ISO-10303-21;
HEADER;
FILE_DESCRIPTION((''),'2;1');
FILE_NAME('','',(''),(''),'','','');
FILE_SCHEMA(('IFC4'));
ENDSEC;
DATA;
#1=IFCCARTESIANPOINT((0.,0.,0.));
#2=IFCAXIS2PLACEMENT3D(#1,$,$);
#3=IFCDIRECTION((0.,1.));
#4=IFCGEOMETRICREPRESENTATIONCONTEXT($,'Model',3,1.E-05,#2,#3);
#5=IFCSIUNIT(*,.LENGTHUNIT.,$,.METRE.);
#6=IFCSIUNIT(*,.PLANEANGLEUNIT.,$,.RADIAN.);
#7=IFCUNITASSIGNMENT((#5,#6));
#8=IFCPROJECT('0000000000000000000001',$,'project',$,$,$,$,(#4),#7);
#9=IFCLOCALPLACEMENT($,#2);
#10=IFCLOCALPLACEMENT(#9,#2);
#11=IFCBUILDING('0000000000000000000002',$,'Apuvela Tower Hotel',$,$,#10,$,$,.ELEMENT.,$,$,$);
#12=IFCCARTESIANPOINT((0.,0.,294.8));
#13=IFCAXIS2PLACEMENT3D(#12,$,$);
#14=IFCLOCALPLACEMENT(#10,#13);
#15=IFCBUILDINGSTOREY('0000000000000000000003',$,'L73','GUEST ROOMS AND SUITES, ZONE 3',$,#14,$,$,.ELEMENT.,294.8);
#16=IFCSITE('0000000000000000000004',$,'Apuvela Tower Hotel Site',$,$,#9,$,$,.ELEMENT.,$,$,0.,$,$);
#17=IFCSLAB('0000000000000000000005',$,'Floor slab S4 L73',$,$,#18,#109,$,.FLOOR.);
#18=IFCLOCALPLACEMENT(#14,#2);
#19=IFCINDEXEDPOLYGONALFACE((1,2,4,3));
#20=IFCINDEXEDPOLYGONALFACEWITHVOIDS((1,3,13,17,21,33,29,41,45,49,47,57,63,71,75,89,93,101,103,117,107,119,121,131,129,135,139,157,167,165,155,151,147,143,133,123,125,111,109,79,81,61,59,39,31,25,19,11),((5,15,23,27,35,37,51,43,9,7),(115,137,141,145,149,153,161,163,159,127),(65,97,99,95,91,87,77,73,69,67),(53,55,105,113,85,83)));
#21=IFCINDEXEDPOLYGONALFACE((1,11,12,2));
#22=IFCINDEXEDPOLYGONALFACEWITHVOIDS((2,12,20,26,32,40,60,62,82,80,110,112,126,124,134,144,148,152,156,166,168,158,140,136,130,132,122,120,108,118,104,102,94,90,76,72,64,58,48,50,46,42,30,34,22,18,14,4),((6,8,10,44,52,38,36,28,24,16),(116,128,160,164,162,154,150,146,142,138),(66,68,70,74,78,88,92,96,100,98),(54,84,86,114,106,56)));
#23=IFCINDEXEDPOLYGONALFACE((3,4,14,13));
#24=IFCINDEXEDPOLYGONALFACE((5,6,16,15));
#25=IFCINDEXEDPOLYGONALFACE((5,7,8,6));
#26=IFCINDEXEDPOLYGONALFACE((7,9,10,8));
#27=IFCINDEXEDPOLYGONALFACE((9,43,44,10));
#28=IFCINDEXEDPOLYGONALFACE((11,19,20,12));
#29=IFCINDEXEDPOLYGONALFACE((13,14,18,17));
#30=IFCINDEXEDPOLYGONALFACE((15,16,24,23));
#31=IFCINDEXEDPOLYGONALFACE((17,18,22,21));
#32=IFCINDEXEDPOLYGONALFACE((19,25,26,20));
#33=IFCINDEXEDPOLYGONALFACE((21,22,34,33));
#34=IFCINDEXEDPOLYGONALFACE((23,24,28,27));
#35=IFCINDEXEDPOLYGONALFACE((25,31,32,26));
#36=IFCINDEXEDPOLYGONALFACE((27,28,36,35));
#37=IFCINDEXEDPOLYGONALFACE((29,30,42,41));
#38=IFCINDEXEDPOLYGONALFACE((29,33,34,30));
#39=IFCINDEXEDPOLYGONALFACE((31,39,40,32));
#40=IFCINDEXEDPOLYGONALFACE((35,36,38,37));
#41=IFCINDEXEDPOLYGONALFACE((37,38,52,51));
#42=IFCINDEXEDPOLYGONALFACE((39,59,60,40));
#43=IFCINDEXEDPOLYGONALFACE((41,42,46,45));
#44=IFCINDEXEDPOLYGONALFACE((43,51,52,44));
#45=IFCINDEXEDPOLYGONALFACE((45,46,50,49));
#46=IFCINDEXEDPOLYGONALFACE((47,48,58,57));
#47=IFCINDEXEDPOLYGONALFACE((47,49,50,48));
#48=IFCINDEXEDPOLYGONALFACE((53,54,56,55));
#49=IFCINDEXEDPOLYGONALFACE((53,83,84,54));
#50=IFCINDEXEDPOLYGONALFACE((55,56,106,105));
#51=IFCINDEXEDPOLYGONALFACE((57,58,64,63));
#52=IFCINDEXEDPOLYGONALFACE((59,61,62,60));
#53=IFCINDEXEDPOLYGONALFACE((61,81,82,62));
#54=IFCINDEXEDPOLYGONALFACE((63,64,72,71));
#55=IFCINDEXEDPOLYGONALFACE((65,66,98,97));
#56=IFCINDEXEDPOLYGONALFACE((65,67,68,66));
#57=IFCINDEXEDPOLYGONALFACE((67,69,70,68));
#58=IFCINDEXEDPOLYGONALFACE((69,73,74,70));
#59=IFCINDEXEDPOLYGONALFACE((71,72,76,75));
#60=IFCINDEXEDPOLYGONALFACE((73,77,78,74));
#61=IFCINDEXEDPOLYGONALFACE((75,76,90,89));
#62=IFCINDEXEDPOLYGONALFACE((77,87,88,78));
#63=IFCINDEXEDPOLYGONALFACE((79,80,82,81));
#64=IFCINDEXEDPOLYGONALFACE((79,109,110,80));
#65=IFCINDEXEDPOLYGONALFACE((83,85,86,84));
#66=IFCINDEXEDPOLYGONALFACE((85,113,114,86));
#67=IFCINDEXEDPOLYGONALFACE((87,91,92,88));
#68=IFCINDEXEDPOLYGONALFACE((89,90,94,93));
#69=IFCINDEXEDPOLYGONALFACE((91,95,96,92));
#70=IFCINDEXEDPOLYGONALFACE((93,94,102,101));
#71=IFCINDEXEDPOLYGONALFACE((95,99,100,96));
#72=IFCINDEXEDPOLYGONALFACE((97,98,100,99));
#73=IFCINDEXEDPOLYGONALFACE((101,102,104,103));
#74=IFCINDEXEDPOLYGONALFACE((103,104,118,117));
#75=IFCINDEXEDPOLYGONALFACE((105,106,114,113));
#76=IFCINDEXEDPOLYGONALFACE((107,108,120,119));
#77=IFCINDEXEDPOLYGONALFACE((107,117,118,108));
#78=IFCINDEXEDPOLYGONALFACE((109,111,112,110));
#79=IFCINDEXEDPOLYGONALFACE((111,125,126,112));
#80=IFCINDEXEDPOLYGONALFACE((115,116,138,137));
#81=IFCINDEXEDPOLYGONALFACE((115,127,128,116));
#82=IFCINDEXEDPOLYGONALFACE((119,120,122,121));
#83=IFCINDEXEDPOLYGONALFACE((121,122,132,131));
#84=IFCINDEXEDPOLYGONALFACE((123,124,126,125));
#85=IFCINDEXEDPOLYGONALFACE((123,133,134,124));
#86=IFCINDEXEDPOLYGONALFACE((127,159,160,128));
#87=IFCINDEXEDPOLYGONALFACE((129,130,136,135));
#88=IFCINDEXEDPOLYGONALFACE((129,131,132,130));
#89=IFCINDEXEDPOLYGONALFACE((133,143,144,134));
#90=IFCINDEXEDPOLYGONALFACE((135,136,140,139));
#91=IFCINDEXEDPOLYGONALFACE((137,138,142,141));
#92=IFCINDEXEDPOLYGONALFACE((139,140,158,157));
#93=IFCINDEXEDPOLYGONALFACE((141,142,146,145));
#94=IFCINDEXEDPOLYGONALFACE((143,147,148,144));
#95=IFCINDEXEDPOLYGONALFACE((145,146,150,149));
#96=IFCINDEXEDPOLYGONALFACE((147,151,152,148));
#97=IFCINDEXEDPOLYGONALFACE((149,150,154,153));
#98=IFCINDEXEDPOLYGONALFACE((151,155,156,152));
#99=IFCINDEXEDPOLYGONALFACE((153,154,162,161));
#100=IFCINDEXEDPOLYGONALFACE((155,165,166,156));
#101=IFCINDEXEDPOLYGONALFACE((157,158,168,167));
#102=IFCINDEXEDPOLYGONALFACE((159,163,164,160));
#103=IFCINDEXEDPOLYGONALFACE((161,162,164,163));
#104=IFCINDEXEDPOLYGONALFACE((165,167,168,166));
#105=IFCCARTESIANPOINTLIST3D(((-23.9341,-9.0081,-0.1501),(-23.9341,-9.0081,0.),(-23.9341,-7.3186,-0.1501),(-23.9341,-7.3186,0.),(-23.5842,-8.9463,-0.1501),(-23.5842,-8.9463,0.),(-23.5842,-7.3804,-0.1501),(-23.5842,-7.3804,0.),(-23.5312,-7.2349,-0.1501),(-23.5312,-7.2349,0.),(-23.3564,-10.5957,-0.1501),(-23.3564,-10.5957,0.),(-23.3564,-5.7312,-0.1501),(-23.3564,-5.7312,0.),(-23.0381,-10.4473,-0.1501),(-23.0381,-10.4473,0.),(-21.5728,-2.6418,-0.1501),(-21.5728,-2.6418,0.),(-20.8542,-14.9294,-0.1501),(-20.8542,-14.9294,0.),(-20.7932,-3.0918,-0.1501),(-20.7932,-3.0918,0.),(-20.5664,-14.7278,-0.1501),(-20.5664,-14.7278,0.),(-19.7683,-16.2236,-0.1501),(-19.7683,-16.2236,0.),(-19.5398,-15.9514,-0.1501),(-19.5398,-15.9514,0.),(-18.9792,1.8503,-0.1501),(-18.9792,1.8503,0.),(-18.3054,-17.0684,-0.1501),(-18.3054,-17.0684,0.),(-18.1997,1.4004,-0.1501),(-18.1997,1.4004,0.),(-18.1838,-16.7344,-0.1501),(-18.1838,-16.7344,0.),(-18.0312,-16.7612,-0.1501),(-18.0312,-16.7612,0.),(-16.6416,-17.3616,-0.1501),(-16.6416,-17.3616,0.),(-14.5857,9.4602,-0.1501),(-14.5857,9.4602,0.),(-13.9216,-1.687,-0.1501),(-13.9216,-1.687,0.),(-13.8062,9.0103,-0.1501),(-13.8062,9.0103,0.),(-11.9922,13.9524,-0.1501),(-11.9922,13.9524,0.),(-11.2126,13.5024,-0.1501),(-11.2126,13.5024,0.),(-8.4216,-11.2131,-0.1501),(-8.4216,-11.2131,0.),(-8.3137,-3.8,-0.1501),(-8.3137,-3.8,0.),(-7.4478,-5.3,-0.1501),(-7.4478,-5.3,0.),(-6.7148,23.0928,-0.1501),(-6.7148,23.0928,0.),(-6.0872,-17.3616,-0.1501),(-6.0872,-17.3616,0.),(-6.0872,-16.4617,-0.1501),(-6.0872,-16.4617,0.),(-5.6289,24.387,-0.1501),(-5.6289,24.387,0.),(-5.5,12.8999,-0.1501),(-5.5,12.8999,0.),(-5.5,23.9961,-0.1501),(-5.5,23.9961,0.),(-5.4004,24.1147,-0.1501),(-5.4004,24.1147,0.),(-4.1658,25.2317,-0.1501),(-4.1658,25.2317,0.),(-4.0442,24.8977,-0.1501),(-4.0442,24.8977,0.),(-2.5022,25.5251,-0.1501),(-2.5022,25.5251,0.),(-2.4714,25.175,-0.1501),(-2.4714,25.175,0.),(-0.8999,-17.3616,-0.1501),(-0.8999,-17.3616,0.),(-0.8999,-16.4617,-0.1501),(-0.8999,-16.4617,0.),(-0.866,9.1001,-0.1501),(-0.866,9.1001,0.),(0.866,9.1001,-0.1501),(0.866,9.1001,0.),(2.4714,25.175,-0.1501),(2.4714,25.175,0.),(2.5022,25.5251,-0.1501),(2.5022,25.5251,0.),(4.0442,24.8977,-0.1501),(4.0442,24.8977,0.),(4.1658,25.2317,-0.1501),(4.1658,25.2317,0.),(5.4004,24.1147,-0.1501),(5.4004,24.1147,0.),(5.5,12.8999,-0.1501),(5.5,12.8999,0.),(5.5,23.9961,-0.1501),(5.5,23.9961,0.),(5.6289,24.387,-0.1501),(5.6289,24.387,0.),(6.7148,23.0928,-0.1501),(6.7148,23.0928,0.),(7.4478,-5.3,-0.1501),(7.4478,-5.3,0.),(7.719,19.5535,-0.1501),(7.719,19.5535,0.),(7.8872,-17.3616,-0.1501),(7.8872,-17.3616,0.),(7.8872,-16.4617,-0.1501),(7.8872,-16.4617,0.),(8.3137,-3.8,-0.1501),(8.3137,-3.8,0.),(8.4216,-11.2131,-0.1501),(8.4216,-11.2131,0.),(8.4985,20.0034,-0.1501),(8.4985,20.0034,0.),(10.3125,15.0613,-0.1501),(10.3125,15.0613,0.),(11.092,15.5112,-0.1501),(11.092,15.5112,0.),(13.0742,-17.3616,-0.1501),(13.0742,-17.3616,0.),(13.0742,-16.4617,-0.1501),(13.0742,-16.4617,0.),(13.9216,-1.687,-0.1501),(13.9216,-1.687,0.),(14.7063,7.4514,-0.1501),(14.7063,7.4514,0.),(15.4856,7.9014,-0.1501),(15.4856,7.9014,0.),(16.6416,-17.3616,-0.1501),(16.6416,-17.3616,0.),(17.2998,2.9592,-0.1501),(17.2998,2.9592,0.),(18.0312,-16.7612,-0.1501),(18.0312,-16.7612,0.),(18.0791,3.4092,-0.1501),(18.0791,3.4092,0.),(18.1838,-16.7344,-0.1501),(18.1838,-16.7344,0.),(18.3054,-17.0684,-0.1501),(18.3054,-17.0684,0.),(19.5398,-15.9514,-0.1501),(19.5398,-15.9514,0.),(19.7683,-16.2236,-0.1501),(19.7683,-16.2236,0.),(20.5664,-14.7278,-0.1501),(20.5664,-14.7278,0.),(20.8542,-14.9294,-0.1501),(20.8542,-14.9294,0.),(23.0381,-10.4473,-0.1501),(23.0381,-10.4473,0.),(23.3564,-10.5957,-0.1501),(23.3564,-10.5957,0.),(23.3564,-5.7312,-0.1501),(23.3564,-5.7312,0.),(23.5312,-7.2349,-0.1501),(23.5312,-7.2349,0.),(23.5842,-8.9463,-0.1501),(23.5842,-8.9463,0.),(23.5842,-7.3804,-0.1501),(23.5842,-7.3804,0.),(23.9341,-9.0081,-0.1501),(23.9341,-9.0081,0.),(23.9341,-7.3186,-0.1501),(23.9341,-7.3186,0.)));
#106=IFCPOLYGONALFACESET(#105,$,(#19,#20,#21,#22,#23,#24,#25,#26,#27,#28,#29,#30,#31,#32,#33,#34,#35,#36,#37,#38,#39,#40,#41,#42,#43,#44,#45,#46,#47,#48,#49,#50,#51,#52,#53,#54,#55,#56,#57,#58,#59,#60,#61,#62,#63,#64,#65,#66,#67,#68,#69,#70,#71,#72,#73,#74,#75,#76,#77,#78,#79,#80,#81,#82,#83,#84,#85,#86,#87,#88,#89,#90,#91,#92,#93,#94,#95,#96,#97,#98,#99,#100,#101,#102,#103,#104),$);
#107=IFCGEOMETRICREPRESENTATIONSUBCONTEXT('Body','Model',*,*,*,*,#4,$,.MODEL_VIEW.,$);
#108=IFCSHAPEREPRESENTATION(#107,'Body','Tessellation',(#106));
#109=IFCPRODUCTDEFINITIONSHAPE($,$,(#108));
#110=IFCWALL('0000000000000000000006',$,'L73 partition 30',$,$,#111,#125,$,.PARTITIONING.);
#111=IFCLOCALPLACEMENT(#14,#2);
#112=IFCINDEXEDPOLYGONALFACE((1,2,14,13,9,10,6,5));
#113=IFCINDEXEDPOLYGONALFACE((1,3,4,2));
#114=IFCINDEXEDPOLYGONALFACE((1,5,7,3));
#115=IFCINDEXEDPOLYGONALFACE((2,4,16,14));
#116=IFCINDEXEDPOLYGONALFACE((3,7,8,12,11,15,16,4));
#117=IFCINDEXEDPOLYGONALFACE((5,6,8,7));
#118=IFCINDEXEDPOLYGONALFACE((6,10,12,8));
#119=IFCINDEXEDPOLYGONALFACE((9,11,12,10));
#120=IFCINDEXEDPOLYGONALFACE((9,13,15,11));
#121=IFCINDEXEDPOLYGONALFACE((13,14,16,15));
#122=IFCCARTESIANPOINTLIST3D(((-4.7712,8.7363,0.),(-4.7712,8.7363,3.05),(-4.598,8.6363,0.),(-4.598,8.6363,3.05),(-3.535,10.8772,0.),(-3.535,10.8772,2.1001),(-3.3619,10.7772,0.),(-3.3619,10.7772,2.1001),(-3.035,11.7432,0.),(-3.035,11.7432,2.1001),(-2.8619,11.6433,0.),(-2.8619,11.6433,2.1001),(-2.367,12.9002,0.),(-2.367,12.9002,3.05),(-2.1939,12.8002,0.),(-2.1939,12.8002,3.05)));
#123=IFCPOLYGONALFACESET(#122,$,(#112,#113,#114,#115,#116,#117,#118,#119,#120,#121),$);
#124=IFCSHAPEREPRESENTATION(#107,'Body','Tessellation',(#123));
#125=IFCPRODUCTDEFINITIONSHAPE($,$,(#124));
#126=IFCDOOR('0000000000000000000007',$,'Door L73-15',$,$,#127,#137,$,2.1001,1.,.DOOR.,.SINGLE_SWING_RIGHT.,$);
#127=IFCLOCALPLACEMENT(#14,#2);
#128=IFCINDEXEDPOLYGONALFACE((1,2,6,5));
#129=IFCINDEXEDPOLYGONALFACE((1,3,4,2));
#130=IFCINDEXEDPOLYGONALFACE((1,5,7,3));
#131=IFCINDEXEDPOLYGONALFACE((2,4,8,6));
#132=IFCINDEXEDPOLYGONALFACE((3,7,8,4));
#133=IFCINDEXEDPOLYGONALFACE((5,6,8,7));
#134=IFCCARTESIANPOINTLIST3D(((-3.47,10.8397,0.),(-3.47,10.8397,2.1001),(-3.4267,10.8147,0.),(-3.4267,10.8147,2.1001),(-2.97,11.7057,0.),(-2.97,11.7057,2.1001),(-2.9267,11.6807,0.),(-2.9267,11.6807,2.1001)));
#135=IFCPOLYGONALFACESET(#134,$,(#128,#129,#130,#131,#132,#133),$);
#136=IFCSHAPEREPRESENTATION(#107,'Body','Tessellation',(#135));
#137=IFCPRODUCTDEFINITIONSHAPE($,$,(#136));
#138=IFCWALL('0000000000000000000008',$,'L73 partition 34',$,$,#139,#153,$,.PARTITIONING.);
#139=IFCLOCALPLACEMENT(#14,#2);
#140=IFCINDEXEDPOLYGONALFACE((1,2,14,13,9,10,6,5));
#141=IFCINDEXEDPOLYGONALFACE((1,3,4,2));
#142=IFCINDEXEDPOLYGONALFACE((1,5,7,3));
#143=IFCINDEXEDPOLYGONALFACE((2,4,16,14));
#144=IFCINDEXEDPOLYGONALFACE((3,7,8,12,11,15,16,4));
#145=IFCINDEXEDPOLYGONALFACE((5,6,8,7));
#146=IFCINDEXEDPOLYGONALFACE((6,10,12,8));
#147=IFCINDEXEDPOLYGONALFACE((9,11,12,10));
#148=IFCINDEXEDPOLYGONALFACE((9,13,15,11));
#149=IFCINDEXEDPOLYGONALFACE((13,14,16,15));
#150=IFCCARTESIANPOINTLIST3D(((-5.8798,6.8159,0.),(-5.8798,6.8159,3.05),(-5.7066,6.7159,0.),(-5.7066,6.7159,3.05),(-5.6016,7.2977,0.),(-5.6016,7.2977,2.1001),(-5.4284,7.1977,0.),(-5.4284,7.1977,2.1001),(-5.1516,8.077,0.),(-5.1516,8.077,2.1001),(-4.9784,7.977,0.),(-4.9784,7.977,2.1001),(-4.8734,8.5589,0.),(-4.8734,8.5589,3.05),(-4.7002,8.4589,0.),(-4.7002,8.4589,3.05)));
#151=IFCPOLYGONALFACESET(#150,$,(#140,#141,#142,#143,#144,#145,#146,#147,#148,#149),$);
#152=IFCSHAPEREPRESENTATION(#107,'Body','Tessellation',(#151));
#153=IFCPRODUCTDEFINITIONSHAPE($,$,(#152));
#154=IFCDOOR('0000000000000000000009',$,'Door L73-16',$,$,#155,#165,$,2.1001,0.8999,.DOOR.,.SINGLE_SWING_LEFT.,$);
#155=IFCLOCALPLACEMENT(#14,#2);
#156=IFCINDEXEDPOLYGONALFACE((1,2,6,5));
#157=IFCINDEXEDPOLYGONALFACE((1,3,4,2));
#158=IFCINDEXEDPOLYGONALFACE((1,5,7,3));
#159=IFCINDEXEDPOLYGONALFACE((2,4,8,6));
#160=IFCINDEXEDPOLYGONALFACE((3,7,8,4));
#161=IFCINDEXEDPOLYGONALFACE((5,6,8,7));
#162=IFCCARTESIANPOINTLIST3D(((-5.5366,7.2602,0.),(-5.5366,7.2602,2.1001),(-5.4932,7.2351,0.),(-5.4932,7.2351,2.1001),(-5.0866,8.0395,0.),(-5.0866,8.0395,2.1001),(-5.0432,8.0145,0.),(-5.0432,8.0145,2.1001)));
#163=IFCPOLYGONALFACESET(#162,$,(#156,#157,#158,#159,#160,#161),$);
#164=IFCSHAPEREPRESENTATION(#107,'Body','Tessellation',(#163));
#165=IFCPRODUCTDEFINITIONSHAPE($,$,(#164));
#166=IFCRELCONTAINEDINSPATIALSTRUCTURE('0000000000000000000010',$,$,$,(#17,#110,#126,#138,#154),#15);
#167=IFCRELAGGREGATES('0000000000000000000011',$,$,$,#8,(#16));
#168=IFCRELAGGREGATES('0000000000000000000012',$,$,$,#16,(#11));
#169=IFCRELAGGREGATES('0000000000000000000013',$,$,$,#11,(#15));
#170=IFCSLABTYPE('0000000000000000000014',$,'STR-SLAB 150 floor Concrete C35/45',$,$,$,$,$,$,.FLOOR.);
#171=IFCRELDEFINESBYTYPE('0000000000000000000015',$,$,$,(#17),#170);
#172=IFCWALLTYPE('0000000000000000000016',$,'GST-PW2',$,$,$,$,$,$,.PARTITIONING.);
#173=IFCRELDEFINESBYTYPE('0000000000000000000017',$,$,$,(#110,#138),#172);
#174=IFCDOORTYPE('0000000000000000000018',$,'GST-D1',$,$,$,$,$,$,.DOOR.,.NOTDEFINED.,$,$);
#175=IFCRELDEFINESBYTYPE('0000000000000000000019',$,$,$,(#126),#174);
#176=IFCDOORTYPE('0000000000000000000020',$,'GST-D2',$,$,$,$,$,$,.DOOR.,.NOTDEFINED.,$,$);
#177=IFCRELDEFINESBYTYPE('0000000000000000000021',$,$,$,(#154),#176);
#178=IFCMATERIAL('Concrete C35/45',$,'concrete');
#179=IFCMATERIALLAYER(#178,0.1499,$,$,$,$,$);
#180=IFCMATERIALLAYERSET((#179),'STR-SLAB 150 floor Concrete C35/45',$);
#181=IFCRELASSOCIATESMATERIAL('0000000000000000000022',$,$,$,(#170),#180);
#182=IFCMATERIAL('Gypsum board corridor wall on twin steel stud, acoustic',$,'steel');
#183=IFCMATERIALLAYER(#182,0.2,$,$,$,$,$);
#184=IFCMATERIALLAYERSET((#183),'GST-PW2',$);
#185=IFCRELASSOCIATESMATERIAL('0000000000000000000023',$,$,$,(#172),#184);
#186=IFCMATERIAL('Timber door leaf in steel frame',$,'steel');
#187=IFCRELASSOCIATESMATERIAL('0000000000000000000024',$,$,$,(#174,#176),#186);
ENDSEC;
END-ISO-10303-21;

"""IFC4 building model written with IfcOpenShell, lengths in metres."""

from ifc_helpers import new_model, si_unit, direction, frame, frame_2d, origin, place, context, subcontext, project, spatial, polyline, rectangle, outline, extrude, material, layer, layer_set, type_object, element, fill, save


model = new_model("IFC4")

# Units and contexts
model_context = context("Model", 3, precision=1e-05, world=origin(), true_north=direction((0.0, 1.0)))
body_context = subcontext(model_context, "Body", "Model", "MODEL_VIEW")
ifc_project = project(units=[si_unit("LENGTHUNIT", "METRE"), si_unit("PLANEANGLEUNIT", "RADIAN")], contexts=[model_context])

# Site, building, storey
site_placement = place(None, origin())
site = spatial("IfcSite", under=ifc_project, at=site_placement, Name="Apuvela Tower Hotel Site", CompositionType="ELEMENT", RefElevation=0.0)
building_placement = place(site_placement, origin())
building = spatial("IfcBuilding", under=site, at=building_placement, Name="Apuvela Tower Hotel", CompositionType="ELEMENT")
storey_placement = place(building_placement, frame((0.0, 0.0, 294.8)))
storey = spatial("IfcBuildingStorey", under=building, at=storey_placement, Name="L73", Description="GUEST ROOMS AND SUITES, ZONE 3", CompositionType="ELEMENT", Elevation=294.8)

# Slab
ifc_material_1 = material(Name="Concrete C35/45", Category="concrete")
ifc_layer_1 = layer(ifc_material_1, 0.1499)
ifc_layer_set_1 = layer_set([ifc_layer_1], Name="STR-SLAB 150 floor Concrete C35/45")
slab_type_1 = type_object("IfcSlabType", Name="STR-SLAB 150 floor Concrete C35/45", PredefinedType="FLOOR", material=ifc_layer_set_1)
slab_1_placement = place(storey_placement, frame((0.0, 0.0, -0.1501)))
element("IfcSlab", 1, at=slab_1_placement, inside=storey, type_object=slab_type_1, Name="Floor slab S4 L73", PredefinedType="FLOOR", context=body_context, shape_type="SweptSolid", body=[
    extrude(outline(polyline([(-5.6289, 24.387), (-4.1658, 25.2317), (-2.5022, 25.5251), (2.5022, 25.5251), (4.1658, 25.2317), (5.6289, 24.387), (6.7148, 23.0928), (8.4985, 20.0034), (7.719, 19.5535), (10.3125, 15.0613), (11.092, 15.5112), (15.4856, 7.9014), (14.7063, 7.4514), (17.2998, 2.9592), (18.0791, 3.4092), (23.3564, -5.7312), (23.9341, -7.3186), (23.9341, -9.0081), (23.3564, -10.5957), (20.8542, -14.9294), (19.7683, -16.2236), (18.3054, -17.0684), (16.6416, -17.3616), (13.0742, -17.3616), (13.0742, -16.4617), (7.8872, -16.4617), (7.8872, -17.3616), (-0.8999, -17.3616), (-0.8999, -16.4617), (-6.0872, -16.4617), (-6.0872, -17.3616), (-16.6416, -17.3616), (-18.3054, -17.0684), (-19.7683, -16.2236), (-20.8542, -14.9294), (-23.3564, -10.5957), (-23.9341, -9.0081), (-23.9341, -7.3186), (-23.3564, -5.7312), (-21.5728, -2.6418), (-20.7932, -3.0918), (-18.1997, 1.4004), (-18.9792, 1.8503), (-14.5857, 9.4602), (-13.8062, 9.0103), (-11.2126, 13.5024), (-11.9922, 13.9524), (-6.7148, 23.0928), (-5.6289, 24.387)]), holes=[polyline([(0.866, 9.1001), (-0.866, 9.1001), (-8.3137, -3.8), (-7.4478, -5.3), (7.4478, -5.3), (8.3137, -3.8), (0.866, 9.1001)]), polyline([(-5.5, 12.8999), (-5.5, 23.9961), (-5.4004, 24.1147), (-4.0442, 24.8977), (-2.4714, 25.175), (2.4714, 25.175), (4.0442, 24.8977), (5.4004, 24.1147), (5.5, 23.9961), (5.5, 12.8999), (-5.5, 12.8999)]), polyline([(-8.4216, -11.2131), (-18.0312, -16.7612), (-18.1838, -16.7344), (-19.5398, -15.9514), (-20.5664, -14.7278), (-23.0381, -10.4473), (-23.5842, -8.9463), (-23.5842, -7.3804), (-23.5312, -7.2349), (-13.9216, -1.687), (-8.4216, -11.2131)]), polyline([(13.9216, -1.687), (23.5312, -7.2349), (23.5842, -7.3804), (23.5842, -8.9463), (23.0381, -10.4473), (20.5664, -14.7278), (19.5398, -15.9514), (18.1838, -16.7344), (18.0312, -16.7612), (8.4216, -11.2131), (13.9216, -1.687)])]), origin(), (0.0, 0.0, 1.0), 0.1501),
])

# Walls, openings, doors
ifc_material_2 = material(Name="Gypsum board corridor wall on twin steel stud, acoustic", Category="steel")
ifc_layer_2 = layer(ifc_material_2, 0.2)
ifc_layer_set_2 = layer_set([ifc_layer_2], Name="GST-PW2")
wall_type_1 = type_object("IfcWallType", Name="GST-PW2", PredefinedType="PARTITIONING", material=ifc_layer_set_2)
wall_1_placement = place(storey_placement, frame((-4.6846, 8.6863, 0.0), z_axis=(0.0, 0.0, 1.0), x_axis=(0.500011, 0.866019, 0.0)))
wall_1 = element("IfcWall", 2, at=wall_1_placement, inside=storey, type_object=wall_type_1, Name="L73 partition 30", PredefinedType="PARTITIONING", context=body_context, shape_type="SweptSolid", body=[
    extrude(rectangle(XDim=4.8081, YDim=0.2, at=frame_2d((2.4041, 0.0))), origin(), (0.0, 0.0, 1.0), 3.05),
])
opening_1_placement = place(wall_1_placement, frame((2.4722, 0.0, 0.0)))
opening_1 = element("IfcOpeningElement", 3, at=opening_1_placement, cuts=wall_1, PredefinedType="OPENING", context=body_context, shape_type="SweptSolid", body=[
    extrude(rectangle(XDim=1.0, YDim=2.1001, at=frame_2d((0.5, 1.05))), frame((0.0, 0.1099, 0.0), z_axis=(0.0, -1.0, 0.0), x_axis=(1.0, 0.0, 0.0)), (0.0, 0.0, 1.0), 0.22),
])
ifc_material_3 = material(Name="Timber door leaf in steel frame", Category="steel")
door_type_1 = type_object("IfcDoorType", Name="GST-D1", OperationType="NOTDEFINED", PredefinedType="DOOR", material=ifc_material_3)
door_1_placement = place(opening_1_placement, origin())
door_1 = element("IfcDoor", 4, at=door_1_placement, inside=storey, type_object=door_type_1, Name="Door L73-15", OperationType="SINGLE_SWING_RIGHT", OverallHeight=2.1001, OverallWidth=1.0, PredefinedType="DOOR", context=body_context, shape_type="SweptSolid", body=[
    extrude(rectangle(XDim=1.0, YDim=2.1001, at=frame_2d((0.5, 1.05))), frame((0.0, 0.0249, 0.0), z_axis=(0.0, -1.0, 0.0), x_axis=(1.0, 0.0, 0.0)), (0.0, 0.0, 1.0), 0.05),
])
fill(opening_1, door_1)
wall_2_placement = place(storey_placement, frame((-5.7932, 6.7659, 0.0), z_axis=(0.0, 0.0, 1.0), x_axis=(0.500027, 0.86601, 0.0)))
wall_2 = element("IfcWall", 5, at=wall_2_placement, inside=storey, type_object=wall_type_1, Name="L73 partition 34", PredefinedType="PARTITIONING", context=body_context, shape_type="SweptSolid", body=[
    extrude(rectangle(XDim=2.0127, YDim=0.2, at=frame_2d((1.0063, 0.0))), origin(), (0.0, 0.0, 1.0), 3.05),
])
opening_2_placement = place(wall_2_placement, frame((0.5564, 0.0, 0.0)))
opening_2 = element("IfcOpeningElement", 6, at=opening_2_placement, cuts=wall_2, PredefinedType="OPENING", context=body_context, shape_type="SweptSolid", body=[
    extrude(rectangle(XDim=0.8999, YDim=2.1001, at=frame_2d((0.45, 1.05))), frame((0.0, 0.1099, 0.0), z_axis=(0.0, -1.0, 0.0), x_axis=(1.0, 0.0, 0.0)), (0.0, 0.0, 1.0), 0.22),
])
door_type_2 = type_object("IfcDoorType", Name="GST-D2", OperationType="NOTDEFINED", PredefinedType="DOOR", material=ifc_material_3)
door_2_placement = place(opening_2_placement, origin())
door_2 = element("IfcDoor", 7, at=door_2_placement, inside=storey, type_object=door_type_2, Name="Door L73-16", OperationType="SINGLE_SWING_LEFT", OverallHeight=2.1001, OverallWidth=0.8999, PredefinedType="DOOR", context=body_context, shape_type="SweptSolid", body=[
    extrude(rectangle(XDim=0.8999, YDim=2.1001, at=frame_2d((0.45, 1.05))), frame((0.0, 0.0249, 0.0), z_axis=(0.0, -1.0, 0.0), x_axis=(1.0, 0.0, 0.0)), (0.0, 0.0, 1.0), 0.05),
])
fill(opening_2, door_2)

save(model, "model.ifc")
